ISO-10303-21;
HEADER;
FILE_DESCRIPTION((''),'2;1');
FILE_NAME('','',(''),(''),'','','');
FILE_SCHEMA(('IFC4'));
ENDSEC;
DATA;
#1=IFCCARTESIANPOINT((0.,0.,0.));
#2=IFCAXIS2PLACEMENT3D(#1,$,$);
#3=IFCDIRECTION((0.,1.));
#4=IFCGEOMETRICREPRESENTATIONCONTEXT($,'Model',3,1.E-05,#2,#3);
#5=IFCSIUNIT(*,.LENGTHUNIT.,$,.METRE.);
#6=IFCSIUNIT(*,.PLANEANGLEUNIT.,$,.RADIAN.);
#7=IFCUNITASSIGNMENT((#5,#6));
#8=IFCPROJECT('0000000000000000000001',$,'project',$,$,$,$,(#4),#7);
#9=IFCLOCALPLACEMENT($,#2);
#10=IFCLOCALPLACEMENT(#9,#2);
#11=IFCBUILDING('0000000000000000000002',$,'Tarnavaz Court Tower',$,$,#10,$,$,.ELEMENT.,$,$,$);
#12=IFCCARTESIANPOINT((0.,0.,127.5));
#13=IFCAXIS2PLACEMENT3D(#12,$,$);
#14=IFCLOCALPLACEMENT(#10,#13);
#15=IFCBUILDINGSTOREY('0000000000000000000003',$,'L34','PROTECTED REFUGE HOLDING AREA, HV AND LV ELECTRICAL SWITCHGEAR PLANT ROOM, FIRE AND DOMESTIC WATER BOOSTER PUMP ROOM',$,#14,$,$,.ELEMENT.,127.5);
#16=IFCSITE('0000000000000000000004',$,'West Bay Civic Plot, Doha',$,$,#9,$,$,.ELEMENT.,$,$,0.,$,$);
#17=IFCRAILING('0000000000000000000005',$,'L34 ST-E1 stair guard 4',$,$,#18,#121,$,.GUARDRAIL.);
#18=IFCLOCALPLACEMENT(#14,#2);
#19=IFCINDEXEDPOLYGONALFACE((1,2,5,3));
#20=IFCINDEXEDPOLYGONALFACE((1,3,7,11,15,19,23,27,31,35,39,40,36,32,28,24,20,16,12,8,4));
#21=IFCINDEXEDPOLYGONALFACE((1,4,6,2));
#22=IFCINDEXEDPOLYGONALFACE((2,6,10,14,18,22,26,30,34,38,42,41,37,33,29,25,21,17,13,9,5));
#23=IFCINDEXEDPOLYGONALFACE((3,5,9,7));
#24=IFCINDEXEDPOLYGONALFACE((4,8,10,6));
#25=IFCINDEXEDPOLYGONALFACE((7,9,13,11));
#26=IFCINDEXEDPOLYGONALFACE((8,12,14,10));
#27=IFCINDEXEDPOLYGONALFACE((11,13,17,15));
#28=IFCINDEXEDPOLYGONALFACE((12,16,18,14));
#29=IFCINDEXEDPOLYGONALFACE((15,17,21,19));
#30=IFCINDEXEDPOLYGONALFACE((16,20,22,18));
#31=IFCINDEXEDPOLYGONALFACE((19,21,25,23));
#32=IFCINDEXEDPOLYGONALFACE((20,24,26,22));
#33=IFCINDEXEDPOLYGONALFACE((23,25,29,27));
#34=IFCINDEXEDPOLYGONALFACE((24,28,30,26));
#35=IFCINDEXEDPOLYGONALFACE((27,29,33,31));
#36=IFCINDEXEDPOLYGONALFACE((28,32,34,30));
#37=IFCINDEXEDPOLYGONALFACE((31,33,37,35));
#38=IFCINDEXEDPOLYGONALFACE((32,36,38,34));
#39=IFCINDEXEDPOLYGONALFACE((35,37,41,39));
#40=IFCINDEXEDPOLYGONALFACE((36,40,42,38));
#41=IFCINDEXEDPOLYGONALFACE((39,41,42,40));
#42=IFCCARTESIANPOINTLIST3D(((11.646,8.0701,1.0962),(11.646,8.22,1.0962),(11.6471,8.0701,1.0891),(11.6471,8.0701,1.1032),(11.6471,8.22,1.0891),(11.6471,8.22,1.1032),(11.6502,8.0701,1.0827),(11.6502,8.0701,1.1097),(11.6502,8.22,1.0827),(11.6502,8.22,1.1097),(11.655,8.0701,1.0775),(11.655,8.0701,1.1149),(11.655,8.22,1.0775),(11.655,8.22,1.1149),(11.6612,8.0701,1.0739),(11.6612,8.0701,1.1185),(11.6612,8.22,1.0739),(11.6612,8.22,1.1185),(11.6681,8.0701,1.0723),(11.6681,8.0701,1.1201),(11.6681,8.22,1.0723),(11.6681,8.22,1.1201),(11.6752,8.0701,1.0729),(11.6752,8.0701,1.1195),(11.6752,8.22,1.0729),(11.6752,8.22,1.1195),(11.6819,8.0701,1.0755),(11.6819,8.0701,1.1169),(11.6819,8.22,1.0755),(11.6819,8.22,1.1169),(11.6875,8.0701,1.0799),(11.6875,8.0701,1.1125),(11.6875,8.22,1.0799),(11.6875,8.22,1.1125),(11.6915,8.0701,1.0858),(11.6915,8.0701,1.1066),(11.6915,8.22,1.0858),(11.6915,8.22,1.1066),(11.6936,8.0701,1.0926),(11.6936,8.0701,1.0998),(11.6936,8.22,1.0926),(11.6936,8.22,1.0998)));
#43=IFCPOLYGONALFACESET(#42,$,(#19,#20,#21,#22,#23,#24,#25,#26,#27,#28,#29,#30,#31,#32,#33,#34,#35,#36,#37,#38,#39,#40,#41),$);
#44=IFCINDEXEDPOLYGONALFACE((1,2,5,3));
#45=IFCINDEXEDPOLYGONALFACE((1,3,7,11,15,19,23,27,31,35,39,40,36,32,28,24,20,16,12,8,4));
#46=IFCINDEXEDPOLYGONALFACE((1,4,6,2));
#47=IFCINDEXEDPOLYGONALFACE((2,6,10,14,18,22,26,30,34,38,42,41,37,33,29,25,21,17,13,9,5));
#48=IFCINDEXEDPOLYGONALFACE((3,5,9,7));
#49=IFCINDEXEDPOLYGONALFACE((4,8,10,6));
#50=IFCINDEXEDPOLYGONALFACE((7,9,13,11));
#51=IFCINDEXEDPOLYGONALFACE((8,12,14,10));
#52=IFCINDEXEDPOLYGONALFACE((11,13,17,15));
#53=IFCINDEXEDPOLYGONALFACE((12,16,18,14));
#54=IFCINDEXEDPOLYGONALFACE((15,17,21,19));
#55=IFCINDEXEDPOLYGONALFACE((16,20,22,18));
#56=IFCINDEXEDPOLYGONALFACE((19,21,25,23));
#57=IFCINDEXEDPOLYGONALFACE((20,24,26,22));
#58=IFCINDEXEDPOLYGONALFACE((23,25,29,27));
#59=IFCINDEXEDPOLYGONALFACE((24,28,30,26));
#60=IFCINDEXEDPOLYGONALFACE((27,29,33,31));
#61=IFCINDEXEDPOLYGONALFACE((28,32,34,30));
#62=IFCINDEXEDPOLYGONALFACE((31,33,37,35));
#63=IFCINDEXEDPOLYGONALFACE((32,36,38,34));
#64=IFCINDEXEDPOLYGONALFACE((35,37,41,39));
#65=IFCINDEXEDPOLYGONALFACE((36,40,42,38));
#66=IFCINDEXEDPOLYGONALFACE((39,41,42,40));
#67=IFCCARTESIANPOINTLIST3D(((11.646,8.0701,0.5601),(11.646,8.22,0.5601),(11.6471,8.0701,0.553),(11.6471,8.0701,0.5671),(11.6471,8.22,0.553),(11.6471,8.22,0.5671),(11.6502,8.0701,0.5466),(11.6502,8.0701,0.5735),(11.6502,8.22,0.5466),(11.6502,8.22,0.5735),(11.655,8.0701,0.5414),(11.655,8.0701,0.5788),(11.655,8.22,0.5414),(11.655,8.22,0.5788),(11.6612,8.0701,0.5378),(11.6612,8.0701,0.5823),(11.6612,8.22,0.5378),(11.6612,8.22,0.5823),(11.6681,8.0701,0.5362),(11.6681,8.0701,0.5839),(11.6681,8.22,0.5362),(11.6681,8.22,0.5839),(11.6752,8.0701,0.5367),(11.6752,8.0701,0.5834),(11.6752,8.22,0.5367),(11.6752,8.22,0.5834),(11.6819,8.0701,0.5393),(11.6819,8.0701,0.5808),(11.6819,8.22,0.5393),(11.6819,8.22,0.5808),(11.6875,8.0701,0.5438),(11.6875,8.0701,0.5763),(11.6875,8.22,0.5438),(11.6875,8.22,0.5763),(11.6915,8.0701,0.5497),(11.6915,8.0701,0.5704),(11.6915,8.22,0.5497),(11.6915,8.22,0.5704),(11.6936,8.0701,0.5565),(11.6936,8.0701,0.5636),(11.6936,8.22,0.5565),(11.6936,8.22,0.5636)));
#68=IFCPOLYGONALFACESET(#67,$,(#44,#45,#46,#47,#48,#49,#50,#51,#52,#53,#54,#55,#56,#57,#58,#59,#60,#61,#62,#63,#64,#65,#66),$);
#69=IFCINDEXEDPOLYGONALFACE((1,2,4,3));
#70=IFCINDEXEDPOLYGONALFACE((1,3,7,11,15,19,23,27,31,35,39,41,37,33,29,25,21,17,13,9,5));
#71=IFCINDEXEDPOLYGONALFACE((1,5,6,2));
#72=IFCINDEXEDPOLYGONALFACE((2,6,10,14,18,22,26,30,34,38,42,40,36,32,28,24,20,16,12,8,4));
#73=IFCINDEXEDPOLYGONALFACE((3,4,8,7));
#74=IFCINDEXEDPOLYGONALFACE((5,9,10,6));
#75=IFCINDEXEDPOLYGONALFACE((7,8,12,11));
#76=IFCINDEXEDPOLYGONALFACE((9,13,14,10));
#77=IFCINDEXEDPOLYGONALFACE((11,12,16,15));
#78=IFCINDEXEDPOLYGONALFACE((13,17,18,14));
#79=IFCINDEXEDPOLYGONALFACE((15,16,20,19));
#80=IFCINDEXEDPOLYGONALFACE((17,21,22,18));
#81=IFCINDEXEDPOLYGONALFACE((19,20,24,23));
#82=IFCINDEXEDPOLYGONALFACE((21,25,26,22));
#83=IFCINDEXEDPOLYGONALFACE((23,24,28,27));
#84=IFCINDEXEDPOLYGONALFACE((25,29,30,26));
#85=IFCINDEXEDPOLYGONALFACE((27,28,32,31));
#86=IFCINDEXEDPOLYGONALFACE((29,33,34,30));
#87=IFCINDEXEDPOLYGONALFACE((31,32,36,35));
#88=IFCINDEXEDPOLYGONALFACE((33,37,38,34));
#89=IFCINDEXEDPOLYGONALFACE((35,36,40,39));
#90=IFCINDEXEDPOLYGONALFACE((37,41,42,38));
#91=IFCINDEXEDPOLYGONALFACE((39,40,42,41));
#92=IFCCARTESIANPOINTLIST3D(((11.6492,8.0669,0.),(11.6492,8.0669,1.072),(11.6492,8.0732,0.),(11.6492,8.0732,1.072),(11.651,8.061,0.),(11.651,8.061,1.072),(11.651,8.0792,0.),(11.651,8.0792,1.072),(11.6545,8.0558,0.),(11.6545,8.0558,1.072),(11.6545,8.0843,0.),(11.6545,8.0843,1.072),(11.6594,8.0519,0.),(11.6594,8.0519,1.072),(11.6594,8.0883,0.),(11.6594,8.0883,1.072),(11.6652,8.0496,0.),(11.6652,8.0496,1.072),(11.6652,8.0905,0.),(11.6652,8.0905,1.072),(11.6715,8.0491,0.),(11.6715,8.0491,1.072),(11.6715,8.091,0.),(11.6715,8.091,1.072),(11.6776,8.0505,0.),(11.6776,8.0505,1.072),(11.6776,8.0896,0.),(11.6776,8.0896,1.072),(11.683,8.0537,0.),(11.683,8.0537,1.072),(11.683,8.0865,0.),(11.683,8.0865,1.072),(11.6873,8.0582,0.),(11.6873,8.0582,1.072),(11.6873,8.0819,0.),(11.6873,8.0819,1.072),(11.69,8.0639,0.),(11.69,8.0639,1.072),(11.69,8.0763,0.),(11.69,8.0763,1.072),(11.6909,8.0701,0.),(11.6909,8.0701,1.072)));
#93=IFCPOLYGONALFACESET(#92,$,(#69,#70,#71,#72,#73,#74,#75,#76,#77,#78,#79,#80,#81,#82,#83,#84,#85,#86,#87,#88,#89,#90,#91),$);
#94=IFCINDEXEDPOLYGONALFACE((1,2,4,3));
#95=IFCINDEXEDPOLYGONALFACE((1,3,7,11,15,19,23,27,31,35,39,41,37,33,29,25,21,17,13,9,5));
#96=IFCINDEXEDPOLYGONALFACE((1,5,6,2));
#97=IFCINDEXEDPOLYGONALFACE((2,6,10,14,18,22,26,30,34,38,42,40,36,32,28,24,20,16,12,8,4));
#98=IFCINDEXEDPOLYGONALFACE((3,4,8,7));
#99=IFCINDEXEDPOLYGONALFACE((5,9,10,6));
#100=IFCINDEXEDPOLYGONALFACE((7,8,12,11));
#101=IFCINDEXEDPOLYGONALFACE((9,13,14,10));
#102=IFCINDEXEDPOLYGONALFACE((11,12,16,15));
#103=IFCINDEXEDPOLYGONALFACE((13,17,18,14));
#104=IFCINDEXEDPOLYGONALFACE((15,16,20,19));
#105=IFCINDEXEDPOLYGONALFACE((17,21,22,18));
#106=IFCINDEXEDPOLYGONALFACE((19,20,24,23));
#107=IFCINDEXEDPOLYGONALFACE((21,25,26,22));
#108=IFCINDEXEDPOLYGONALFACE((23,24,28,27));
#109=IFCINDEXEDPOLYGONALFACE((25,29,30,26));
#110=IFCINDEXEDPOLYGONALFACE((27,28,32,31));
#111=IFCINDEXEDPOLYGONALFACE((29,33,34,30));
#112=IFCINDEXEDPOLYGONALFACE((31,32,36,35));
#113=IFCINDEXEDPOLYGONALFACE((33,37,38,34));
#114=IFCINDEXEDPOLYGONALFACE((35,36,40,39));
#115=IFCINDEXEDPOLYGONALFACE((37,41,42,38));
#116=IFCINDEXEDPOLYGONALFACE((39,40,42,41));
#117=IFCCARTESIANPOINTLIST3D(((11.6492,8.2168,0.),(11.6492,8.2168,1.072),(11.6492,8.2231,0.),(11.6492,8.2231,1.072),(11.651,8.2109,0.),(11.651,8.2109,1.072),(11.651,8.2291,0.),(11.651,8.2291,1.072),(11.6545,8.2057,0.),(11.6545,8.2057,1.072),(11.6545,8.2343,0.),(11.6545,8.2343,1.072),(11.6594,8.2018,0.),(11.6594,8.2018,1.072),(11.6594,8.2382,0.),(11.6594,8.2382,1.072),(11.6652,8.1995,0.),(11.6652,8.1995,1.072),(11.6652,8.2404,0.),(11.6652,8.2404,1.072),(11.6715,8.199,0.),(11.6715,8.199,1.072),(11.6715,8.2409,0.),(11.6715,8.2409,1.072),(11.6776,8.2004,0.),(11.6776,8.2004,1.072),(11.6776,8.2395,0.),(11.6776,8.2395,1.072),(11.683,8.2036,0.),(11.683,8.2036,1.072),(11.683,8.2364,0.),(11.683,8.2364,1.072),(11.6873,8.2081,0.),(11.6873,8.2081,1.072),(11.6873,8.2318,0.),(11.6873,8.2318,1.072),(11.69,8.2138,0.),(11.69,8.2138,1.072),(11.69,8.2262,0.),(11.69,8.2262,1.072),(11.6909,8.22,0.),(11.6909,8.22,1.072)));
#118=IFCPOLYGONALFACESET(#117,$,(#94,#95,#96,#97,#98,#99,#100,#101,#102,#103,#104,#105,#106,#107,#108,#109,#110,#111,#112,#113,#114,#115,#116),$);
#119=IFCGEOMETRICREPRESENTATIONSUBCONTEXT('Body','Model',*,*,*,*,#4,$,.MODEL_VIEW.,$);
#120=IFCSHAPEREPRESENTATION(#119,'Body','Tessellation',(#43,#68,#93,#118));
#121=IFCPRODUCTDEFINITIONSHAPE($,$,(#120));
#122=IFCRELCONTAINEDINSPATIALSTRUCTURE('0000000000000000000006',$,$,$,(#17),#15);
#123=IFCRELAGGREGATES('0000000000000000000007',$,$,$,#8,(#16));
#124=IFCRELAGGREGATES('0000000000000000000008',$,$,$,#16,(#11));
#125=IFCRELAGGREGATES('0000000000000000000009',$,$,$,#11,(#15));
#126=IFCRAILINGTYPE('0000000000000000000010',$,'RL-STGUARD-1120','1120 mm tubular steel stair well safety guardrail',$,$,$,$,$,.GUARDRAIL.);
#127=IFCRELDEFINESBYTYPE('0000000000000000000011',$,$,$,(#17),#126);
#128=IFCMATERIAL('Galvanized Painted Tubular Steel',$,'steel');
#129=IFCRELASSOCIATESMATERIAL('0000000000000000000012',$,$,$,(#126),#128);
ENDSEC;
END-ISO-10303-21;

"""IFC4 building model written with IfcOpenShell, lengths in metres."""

from ifc_helpers import new_model, si_unit, direction, frame, origin, origin_2d, place, context, subcontext, project, spatial, circle, extrude, material, type_object, element, save


model = new_model("IFC4")

# Units and contexts
model_context = context("Model", 3, precision=1e-05, world=origin(), true_north=direction((0.0, 1.0)))
body_context = subcontext(model_context, "Body", "Model", "MODEL_VIEW")
ifc_project = project(units=[si_unit("LENGTHUNIT", "METRE"), si_unit("PLANEANGLEUNIT", "RADIAN")], contexts=[model_context])

# Site, building, storey
site_placement = place(None, origin())
site = spatial("IfcSite", under=ifc_project, at=site_placement, Name="West Bay Civic Plot, Doha", CompositionType="ELEMENT", RefElevation=0.0)
building_placement = place(site_placement, origin())
building = spatial("IfcBuilding", under=site, at=building_placement, Name="Tarnavaz Court Tower", CompositionType="ELEMENT")
storey_placement = place(building_placement, frame((0.0, 0.0, 127.5)))
storey = spatial("IfcBuildingStorey", under=building, at=storey_placement, Name="L34", Description="PROTECTED REFUGE HOLDING AREA, HV AND LV ELECTRICAL SWITCHGEAR PLANT ROOM, FIRE AND DOMESTIC WATER BOOSTER PUMP ROOM", CompositionType="ELEMENT", Elevation=127.5)

# Railing
ifc_material_1 = material(Name="Galvanized Painted Tubular Steel", Category="steel")
railing_type_1 = type_object("IfcRailingType", Name="RL-STGUARD-1120", Description="1120 mm tubular steel stair well safety guardrail", PredefinedType="GUARDRAIL", material=ifc_material_1)
railing_1_placement = place(storey_placement, frame((11.6699, 8.0701, 0.0)))
element("IfcRailing", 1, at=railing_1_placement, inside=storey, type_object=railing_type_1, Name="L34 ST-E1 stair guard 4", PredefinedType="GUARDRAIL", context=body_context, shape_type="SweptSolid", body=[
    extrude(circle(Radius=0.0239, at=origin_2d()), frame((0.0, 0.0, 1.0962), z_axis=(0.0, 1.0, 0.0), x_axis=(-1.0, 0.0, 0.0)), (0.0, 0.0, 1.0), 0.1499),
    extrude(circle(Radius=0.0239, at=origin_2d()), frame((0.0, 0.0, 0.5601), z_axis=(0.0, 1.0, 0.0), x_axis=(-1.0, 0.0, 0.0)), (0.0, 0.0, 1.0), 0.1499),
    extrude(circle(Radius=0.021, at=origin_2d()), origin(), (0.0, 0.0, 1.0), 1.072),
    extrude(circle(Radius=0.021, at=origin_2d()), frame((0.0, 0.1499, 0.0)), (0.0, 0.0, 1.0), 1.072),
])

save(model, "model.ifc")
